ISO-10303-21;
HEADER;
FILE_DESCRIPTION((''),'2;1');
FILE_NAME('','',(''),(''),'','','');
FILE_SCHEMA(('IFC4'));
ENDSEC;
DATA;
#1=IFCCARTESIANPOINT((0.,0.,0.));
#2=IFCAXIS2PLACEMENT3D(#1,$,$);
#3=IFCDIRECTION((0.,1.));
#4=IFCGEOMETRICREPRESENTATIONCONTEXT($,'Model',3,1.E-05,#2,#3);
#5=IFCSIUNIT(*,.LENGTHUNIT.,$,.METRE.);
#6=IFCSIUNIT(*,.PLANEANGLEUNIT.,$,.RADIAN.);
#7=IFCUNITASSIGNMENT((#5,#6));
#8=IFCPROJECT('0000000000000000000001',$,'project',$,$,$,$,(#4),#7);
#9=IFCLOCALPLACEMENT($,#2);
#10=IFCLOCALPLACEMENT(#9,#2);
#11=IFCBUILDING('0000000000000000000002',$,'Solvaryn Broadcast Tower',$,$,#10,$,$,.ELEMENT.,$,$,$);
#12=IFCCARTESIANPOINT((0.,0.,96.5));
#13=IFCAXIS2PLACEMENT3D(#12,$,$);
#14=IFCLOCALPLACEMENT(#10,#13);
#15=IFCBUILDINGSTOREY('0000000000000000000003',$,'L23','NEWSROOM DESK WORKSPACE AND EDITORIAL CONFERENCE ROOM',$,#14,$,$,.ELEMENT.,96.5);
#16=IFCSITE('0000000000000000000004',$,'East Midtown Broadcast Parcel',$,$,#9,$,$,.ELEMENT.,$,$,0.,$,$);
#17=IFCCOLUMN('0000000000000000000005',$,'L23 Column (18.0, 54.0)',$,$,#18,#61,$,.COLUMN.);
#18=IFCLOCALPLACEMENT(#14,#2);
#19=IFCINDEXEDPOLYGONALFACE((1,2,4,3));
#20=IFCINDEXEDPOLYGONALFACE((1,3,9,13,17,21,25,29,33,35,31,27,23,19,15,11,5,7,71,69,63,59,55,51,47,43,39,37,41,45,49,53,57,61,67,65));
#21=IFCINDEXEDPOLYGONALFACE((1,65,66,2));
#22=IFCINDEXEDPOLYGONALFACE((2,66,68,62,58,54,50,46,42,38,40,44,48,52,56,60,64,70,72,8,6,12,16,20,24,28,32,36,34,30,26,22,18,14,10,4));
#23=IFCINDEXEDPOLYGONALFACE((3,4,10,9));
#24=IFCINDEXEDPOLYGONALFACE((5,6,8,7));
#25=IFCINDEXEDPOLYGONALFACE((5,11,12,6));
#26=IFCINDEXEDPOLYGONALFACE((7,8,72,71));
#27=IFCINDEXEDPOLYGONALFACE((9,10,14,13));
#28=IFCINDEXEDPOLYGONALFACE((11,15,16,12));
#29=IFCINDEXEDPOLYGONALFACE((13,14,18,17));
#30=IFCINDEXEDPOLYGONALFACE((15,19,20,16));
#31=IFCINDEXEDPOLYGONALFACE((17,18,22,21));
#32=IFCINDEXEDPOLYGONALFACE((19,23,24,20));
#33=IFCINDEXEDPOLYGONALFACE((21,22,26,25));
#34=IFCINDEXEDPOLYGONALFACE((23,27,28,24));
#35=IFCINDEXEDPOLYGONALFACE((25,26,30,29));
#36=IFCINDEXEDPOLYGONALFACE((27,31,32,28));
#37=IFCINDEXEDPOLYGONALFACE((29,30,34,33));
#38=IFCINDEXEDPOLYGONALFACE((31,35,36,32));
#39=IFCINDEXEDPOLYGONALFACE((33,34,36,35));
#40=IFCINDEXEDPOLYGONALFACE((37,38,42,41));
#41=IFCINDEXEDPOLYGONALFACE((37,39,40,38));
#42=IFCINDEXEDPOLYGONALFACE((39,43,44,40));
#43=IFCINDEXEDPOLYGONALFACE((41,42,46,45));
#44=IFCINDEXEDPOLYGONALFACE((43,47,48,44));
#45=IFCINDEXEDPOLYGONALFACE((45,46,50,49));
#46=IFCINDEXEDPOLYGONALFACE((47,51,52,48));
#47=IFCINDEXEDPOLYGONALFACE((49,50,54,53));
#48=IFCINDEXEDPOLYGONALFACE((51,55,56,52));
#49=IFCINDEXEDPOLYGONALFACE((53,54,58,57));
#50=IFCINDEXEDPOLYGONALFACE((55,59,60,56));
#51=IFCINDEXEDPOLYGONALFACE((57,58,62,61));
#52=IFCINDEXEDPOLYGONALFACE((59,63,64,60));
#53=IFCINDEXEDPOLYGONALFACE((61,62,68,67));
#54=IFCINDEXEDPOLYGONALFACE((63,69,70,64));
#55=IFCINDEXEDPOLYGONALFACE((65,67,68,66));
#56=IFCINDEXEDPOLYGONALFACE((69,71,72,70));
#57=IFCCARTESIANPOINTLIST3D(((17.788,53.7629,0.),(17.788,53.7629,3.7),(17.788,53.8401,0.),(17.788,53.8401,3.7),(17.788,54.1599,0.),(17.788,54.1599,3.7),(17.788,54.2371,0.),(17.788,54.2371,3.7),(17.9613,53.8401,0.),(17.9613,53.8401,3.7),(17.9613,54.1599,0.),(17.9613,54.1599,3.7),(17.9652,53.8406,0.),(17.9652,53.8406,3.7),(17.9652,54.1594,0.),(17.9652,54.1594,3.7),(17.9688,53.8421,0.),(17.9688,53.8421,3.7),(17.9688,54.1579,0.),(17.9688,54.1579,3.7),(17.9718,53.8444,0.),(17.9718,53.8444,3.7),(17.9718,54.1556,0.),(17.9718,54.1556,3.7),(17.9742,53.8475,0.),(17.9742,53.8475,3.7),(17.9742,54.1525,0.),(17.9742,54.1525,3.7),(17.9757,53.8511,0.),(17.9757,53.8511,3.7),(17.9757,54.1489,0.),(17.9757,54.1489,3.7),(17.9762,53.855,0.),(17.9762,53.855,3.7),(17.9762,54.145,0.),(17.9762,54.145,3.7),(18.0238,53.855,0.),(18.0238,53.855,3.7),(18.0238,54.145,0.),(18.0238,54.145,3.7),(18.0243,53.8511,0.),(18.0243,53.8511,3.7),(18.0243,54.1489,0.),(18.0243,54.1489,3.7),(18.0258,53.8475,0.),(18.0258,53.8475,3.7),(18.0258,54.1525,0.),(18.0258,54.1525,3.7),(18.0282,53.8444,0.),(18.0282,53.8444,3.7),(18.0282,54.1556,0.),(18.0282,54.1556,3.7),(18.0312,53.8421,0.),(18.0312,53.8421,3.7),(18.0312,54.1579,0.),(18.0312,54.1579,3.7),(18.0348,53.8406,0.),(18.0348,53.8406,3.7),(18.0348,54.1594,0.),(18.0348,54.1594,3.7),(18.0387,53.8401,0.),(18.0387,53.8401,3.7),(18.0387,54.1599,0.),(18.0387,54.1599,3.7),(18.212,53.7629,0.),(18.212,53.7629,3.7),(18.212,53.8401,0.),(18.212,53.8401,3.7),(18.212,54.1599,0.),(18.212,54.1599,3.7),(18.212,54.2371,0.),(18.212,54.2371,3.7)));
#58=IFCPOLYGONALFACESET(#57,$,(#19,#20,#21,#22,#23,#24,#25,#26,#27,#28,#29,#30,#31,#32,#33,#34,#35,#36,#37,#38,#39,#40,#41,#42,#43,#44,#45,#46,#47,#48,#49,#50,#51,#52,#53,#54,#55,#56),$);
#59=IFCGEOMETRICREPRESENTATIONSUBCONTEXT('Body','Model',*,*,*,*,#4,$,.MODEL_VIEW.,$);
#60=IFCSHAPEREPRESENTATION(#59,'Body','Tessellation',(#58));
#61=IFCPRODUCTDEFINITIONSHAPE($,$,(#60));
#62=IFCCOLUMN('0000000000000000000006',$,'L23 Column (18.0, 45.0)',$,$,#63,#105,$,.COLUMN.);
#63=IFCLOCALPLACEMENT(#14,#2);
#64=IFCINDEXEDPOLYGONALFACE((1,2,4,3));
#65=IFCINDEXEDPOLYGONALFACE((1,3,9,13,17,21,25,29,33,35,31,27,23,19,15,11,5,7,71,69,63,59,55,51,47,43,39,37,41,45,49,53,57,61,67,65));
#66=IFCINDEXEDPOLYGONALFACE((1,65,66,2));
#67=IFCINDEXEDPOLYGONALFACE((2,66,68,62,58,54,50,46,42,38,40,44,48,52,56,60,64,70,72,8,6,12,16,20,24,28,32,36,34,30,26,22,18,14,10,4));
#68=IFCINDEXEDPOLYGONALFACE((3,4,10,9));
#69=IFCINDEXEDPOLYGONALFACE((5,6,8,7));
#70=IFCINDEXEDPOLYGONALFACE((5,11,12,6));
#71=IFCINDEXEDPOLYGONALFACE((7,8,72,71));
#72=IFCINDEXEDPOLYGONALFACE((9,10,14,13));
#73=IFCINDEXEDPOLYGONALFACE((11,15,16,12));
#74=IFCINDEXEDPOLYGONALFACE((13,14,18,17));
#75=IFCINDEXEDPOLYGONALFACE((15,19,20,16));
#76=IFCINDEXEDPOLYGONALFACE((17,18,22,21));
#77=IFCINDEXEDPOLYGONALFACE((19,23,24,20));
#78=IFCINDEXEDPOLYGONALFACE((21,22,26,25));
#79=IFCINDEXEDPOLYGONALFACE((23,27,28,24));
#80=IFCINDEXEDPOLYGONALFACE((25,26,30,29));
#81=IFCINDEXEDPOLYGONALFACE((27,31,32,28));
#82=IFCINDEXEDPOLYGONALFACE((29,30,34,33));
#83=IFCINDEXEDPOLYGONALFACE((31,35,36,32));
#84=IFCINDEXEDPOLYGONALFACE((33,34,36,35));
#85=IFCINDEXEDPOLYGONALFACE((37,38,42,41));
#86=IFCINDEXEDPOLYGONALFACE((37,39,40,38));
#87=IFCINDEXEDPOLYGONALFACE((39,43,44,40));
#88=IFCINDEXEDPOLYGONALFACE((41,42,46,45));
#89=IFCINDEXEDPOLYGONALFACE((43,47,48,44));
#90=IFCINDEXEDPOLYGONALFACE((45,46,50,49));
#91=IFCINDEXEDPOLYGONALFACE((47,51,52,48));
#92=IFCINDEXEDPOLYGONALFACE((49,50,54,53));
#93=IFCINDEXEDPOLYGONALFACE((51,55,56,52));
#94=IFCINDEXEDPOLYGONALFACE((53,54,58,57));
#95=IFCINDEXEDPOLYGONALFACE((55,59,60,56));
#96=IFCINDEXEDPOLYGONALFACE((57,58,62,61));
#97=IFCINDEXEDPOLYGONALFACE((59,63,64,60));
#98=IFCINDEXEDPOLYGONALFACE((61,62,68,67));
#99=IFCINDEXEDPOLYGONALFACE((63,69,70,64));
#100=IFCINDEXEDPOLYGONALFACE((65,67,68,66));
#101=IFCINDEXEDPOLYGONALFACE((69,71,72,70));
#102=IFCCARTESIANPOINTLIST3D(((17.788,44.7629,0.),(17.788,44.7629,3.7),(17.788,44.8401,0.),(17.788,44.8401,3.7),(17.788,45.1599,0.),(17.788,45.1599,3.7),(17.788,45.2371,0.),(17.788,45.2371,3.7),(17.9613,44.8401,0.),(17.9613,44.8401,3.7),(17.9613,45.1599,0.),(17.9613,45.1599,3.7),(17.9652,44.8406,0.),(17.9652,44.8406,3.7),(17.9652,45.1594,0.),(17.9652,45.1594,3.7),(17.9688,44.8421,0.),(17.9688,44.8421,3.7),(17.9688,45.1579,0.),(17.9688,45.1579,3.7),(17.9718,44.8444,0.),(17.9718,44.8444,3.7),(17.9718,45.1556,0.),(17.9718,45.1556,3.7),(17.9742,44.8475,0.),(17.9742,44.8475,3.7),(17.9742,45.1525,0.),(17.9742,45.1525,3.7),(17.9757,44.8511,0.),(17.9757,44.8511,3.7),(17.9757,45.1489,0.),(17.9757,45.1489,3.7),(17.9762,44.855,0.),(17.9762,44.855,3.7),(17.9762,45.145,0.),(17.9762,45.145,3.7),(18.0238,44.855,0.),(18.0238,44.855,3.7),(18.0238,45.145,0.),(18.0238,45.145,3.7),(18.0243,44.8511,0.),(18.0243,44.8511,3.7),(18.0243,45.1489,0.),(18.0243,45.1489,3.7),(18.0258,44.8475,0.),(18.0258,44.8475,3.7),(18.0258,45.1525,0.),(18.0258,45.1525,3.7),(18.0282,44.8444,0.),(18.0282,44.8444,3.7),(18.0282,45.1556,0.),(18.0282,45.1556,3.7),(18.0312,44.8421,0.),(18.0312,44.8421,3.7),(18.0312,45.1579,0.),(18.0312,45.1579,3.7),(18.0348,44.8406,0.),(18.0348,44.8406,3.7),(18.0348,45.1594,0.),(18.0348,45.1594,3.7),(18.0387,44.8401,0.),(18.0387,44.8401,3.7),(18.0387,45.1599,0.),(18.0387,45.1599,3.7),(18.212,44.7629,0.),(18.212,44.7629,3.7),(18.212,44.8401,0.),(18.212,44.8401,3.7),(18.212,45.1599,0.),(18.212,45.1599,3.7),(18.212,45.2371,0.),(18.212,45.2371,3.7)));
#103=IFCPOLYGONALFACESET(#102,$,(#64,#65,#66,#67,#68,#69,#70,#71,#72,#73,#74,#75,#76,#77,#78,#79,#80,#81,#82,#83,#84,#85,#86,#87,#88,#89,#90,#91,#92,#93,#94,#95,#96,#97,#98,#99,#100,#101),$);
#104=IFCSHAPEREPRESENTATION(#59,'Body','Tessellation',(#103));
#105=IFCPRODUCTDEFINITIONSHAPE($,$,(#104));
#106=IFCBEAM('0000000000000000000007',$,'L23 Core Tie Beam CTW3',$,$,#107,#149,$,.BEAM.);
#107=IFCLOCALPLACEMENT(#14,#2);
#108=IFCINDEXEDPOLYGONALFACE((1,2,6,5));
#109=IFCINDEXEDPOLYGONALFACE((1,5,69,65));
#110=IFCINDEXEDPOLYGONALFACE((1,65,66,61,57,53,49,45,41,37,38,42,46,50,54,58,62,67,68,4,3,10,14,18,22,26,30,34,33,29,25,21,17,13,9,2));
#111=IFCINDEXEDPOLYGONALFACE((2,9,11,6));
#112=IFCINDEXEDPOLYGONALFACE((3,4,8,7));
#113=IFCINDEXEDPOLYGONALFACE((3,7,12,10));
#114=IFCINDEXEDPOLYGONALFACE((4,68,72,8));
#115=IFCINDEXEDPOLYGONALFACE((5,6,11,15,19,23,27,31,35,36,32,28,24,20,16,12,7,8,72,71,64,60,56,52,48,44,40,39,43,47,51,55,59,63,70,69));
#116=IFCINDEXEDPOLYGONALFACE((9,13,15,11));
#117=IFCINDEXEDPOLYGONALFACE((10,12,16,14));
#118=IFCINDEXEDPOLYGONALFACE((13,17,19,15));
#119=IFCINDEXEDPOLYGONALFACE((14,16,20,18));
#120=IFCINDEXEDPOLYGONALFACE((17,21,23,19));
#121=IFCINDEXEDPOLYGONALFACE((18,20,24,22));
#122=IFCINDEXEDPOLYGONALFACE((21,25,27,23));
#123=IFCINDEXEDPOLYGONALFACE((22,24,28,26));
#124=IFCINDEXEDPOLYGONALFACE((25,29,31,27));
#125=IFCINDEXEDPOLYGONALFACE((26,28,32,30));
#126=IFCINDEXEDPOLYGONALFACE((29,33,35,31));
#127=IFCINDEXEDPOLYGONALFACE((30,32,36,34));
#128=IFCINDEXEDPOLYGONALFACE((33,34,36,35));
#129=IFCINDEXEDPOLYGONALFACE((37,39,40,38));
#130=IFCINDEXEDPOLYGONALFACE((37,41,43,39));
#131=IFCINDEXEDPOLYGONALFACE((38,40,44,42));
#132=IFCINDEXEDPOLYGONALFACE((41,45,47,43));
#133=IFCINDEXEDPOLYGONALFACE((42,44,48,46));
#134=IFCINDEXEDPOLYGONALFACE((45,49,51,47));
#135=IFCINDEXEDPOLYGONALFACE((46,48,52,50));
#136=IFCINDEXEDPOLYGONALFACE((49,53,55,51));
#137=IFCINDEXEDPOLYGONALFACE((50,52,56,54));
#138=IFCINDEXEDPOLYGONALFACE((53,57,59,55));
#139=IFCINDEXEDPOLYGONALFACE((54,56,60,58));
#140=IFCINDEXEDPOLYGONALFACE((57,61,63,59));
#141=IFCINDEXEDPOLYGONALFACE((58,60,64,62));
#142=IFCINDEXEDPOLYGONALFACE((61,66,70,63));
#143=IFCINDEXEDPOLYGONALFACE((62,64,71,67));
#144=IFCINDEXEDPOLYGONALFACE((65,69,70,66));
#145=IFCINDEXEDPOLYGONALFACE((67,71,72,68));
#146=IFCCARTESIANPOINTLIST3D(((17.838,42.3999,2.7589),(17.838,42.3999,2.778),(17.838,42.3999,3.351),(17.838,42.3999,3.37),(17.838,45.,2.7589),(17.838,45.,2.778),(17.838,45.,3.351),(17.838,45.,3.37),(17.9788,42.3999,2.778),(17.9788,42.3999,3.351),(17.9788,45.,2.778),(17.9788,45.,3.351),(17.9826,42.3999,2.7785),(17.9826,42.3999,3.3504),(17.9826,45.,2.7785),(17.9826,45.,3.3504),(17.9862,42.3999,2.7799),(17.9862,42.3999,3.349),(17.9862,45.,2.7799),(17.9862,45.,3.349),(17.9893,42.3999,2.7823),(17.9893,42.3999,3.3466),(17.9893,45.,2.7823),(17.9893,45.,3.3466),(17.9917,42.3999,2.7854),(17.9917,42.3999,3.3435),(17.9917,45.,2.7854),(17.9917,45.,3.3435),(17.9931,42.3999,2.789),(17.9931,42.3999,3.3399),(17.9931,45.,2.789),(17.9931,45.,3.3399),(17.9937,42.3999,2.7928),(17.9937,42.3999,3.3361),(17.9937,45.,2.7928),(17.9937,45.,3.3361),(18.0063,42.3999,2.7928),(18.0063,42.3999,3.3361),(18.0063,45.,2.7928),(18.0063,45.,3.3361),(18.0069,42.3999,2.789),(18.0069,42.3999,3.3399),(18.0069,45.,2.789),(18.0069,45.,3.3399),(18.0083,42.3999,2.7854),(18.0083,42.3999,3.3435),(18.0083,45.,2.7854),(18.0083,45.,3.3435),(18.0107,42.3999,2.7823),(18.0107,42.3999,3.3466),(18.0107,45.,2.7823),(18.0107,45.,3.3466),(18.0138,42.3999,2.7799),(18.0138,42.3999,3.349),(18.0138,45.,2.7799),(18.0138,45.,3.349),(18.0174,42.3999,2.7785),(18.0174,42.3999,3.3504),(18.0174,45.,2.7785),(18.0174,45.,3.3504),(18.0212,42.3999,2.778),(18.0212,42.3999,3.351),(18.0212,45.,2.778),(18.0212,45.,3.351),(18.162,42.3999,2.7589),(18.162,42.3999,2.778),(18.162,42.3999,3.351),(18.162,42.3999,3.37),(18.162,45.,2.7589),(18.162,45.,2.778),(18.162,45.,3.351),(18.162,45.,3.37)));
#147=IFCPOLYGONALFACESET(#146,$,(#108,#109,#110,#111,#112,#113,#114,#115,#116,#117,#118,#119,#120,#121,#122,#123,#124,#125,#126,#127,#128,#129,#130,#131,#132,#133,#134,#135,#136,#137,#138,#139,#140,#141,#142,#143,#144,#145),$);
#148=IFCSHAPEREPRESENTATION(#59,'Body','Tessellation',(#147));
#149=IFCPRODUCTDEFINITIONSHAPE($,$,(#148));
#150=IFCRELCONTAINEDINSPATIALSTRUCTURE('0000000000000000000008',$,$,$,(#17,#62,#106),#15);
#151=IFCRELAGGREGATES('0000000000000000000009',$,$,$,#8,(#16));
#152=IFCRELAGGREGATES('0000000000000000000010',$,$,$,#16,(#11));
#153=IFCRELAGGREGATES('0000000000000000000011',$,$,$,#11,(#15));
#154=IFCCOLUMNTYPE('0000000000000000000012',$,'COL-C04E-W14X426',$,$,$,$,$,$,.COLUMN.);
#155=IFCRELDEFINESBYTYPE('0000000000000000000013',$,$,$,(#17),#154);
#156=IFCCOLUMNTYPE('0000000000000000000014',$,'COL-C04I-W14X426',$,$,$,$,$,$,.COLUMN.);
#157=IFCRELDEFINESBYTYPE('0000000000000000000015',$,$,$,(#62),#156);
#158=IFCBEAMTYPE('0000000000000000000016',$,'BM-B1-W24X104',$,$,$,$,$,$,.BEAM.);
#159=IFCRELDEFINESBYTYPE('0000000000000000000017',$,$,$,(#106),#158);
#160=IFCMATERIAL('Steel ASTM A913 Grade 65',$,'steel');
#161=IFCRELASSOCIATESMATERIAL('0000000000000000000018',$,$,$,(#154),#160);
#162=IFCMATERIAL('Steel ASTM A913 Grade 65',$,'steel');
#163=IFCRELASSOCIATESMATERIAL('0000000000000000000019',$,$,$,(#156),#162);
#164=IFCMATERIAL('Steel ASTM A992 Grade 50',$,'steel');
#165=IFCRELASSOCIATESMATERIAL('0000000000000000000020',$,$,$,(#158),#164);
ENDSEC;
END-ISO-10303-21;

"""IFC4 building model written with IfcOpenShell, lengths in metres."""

from ifc_helpers import new_model, si_unit, direction, frame, origin, origin_2d, place, context, subcontext, project, spatial, i_section, extrude, material, material_profile, profile_set, type_object, element, save


model = new_model("IFC4")

# Units and contexts
model_context = context("Model", 3, precision=1e-05, world=origin(), true_north=direction((0.0, 1.0)))
body_context = subcontext(model_context, "Body", "Model", "MODEL_VIEW")
ifc_project = project(units=[si_unit("LENGTHUNIT", "METRE"), si_unit("PLANEANGLEUNIT", "RADIAN")], contexts=[model_context])

# Site, building, storey
site_placement = place(None, origin())
site = spatial("IfcSite", under=ifc_project, at=site_placement, Name="East Midtown Broadcast Parcel", CompositionType="ELEMENT", RefElevation=0.0)
building_placement = place(site_placement, origin())
building = spatial("IfcBuilding", under=site, at=building_placement, Name="Solvaryn Broadcast Tower", CompositionType="ELEMENT")
storey_placement = place(building_placement, frame((0.0, 0.0, 96.5)))
storey = spatial("IfcBuildingStorey", under=building, at=storey_placement, Name="L23", Description="NEWSROOM DESK WORKSPACE AND EDITORIAL CONFERENCE ROOM", CompositionType="ELEMENT", Elevation=96.5)

# Columns
ifc_material_1 = material(Name="Steel ASTM A913 Grade 65", Category="steel")
ifc_material_profile_1 = material_profile(ifc_material_1, i_section(OverallWidth=0.4241, OverallDepth=0.4741, WebThickness=0.0476, FlangeThickness=0.0771, FilletRadius=0.0149, at=origin_2d()))
ifc_profile_set_1 = profile_set([ifc_material_profile_1], Name="Steel ASTM A913 Grade 65")
column_type_1 = type_object("IfcColumnType", Name="COL-C04E-W14X426", PredefinedType="COLUMN", material=ifc_profile_set_1)
column_1_placement = place(storey_placement, frame((18.0, 54.0, 0.0), z_axis=(0.0, 0.0, 1.0), x_axis=(1.0, 0.0, 0.0)))
element("IfcColumn", 1, at=column_1_placement, inside=storey, type_object=column_type_1, Name="L23 Column (18.0, 54.0)", PredefinedType="COLUMN", context=body_context, shape_type="SweptSolid", body=[
    extrude(i_section(OverallWidth=0.4241, OverallDepth=0.4741, WebThickness=0.0476, FlangeThickness=0.0771, FilletRadius=0.0149, at=origin_2d()), origin(), (0.0, 0.0, 1.0), 3.7),
])
ifc_material_2 = material(Name="Steel ASTM A913 Grade 65", Category="steel")
ifc_material_profile_2 = material_profile(ifc_material_2, i_section(OverallWidth=0.4241, OverallDepth=0.4741, WebThickness=0.0476, FlangeThickness=0.0771, FilletRadius=0.0149, at=origin_2d()))
ifc_profile_set_2 = profile_set([ifc_material_profile_2], Name="Steel ASTM A913 Grade 65")
column_type_2 = type_object("IfcColumnType", Name="COL-C04I-W14X426", PredefinedType="COLUMN", material=ifc_profile_set_2)
column_2_placement = place(storey_placement, frame((18.0, 45.0, 0.0), z_axis=(0.0, 0.0, 1.0), x_axis=(1.0, 0.0, 0.0)))
element("IfcColumn", 2, at=column_2_placement, inside=storey, type_object=column_type_2, Name="L23 Column (18.0, 45.0)", PredefinedType="COLUMN", context=body_context, shape_type="SweptSolid", body=[
    extrude(i_section(OverallWidth=0.4241, OverallDepth=0.4741, WebThickness=0.0476, FlangeThickness=0.0771, FilletRadius=0.0149, at=origin_2d()), origin(), (0.0, 0.0, 1.0), 3.7),
])

# Beam
ifc_material_3 = material(Name="Steel ASTM A992 Grade 50", Category="steel")
ifc_material_profile_3 = material_profile(ifc_material_3, i_section(OverallWidth=0.324, OverallDepth=0.6111, WebThickness=0.0127, FlangeThickness=0.019, FilletRadius=0.0149, at=origin_2d()))
ifc_profile_set_3 = profile_set([ifc_material_profile_3], Name="Steel ASTM A992 Grade 50")
beam_type_1 = type_object("IfcBeamType", Name="BM-B1-W24X104", PredefinedType="BEAM", material=ifc_profile_set_3)
beam_1_placement = place(storey_placement, frame((18.0, 42.3999, 3.0645), z_axis=(0.0, 1.0, 0.0), x_axis=(-1.0, 0.0, 0.0)))
element("IfcBeam", 3, at=beam_1_placement, inside=storey, type_object=beam_type_1, Name="L23 Core Tie Beam CTW3", PredefinedType="BEAM", context=body_context, shape_type="SweptSolid", body=[
    extrude(i_section(OverallWidth=0.324, OverallDepth=0.6111, WebThickness=0.0127, FlangeThickness=0.019, FilletRadius=0.0149, at=origin_2d()), origin(), (0.0, 0.0, 1.0), 2.6001),
])

save(model, "model.ifc")
